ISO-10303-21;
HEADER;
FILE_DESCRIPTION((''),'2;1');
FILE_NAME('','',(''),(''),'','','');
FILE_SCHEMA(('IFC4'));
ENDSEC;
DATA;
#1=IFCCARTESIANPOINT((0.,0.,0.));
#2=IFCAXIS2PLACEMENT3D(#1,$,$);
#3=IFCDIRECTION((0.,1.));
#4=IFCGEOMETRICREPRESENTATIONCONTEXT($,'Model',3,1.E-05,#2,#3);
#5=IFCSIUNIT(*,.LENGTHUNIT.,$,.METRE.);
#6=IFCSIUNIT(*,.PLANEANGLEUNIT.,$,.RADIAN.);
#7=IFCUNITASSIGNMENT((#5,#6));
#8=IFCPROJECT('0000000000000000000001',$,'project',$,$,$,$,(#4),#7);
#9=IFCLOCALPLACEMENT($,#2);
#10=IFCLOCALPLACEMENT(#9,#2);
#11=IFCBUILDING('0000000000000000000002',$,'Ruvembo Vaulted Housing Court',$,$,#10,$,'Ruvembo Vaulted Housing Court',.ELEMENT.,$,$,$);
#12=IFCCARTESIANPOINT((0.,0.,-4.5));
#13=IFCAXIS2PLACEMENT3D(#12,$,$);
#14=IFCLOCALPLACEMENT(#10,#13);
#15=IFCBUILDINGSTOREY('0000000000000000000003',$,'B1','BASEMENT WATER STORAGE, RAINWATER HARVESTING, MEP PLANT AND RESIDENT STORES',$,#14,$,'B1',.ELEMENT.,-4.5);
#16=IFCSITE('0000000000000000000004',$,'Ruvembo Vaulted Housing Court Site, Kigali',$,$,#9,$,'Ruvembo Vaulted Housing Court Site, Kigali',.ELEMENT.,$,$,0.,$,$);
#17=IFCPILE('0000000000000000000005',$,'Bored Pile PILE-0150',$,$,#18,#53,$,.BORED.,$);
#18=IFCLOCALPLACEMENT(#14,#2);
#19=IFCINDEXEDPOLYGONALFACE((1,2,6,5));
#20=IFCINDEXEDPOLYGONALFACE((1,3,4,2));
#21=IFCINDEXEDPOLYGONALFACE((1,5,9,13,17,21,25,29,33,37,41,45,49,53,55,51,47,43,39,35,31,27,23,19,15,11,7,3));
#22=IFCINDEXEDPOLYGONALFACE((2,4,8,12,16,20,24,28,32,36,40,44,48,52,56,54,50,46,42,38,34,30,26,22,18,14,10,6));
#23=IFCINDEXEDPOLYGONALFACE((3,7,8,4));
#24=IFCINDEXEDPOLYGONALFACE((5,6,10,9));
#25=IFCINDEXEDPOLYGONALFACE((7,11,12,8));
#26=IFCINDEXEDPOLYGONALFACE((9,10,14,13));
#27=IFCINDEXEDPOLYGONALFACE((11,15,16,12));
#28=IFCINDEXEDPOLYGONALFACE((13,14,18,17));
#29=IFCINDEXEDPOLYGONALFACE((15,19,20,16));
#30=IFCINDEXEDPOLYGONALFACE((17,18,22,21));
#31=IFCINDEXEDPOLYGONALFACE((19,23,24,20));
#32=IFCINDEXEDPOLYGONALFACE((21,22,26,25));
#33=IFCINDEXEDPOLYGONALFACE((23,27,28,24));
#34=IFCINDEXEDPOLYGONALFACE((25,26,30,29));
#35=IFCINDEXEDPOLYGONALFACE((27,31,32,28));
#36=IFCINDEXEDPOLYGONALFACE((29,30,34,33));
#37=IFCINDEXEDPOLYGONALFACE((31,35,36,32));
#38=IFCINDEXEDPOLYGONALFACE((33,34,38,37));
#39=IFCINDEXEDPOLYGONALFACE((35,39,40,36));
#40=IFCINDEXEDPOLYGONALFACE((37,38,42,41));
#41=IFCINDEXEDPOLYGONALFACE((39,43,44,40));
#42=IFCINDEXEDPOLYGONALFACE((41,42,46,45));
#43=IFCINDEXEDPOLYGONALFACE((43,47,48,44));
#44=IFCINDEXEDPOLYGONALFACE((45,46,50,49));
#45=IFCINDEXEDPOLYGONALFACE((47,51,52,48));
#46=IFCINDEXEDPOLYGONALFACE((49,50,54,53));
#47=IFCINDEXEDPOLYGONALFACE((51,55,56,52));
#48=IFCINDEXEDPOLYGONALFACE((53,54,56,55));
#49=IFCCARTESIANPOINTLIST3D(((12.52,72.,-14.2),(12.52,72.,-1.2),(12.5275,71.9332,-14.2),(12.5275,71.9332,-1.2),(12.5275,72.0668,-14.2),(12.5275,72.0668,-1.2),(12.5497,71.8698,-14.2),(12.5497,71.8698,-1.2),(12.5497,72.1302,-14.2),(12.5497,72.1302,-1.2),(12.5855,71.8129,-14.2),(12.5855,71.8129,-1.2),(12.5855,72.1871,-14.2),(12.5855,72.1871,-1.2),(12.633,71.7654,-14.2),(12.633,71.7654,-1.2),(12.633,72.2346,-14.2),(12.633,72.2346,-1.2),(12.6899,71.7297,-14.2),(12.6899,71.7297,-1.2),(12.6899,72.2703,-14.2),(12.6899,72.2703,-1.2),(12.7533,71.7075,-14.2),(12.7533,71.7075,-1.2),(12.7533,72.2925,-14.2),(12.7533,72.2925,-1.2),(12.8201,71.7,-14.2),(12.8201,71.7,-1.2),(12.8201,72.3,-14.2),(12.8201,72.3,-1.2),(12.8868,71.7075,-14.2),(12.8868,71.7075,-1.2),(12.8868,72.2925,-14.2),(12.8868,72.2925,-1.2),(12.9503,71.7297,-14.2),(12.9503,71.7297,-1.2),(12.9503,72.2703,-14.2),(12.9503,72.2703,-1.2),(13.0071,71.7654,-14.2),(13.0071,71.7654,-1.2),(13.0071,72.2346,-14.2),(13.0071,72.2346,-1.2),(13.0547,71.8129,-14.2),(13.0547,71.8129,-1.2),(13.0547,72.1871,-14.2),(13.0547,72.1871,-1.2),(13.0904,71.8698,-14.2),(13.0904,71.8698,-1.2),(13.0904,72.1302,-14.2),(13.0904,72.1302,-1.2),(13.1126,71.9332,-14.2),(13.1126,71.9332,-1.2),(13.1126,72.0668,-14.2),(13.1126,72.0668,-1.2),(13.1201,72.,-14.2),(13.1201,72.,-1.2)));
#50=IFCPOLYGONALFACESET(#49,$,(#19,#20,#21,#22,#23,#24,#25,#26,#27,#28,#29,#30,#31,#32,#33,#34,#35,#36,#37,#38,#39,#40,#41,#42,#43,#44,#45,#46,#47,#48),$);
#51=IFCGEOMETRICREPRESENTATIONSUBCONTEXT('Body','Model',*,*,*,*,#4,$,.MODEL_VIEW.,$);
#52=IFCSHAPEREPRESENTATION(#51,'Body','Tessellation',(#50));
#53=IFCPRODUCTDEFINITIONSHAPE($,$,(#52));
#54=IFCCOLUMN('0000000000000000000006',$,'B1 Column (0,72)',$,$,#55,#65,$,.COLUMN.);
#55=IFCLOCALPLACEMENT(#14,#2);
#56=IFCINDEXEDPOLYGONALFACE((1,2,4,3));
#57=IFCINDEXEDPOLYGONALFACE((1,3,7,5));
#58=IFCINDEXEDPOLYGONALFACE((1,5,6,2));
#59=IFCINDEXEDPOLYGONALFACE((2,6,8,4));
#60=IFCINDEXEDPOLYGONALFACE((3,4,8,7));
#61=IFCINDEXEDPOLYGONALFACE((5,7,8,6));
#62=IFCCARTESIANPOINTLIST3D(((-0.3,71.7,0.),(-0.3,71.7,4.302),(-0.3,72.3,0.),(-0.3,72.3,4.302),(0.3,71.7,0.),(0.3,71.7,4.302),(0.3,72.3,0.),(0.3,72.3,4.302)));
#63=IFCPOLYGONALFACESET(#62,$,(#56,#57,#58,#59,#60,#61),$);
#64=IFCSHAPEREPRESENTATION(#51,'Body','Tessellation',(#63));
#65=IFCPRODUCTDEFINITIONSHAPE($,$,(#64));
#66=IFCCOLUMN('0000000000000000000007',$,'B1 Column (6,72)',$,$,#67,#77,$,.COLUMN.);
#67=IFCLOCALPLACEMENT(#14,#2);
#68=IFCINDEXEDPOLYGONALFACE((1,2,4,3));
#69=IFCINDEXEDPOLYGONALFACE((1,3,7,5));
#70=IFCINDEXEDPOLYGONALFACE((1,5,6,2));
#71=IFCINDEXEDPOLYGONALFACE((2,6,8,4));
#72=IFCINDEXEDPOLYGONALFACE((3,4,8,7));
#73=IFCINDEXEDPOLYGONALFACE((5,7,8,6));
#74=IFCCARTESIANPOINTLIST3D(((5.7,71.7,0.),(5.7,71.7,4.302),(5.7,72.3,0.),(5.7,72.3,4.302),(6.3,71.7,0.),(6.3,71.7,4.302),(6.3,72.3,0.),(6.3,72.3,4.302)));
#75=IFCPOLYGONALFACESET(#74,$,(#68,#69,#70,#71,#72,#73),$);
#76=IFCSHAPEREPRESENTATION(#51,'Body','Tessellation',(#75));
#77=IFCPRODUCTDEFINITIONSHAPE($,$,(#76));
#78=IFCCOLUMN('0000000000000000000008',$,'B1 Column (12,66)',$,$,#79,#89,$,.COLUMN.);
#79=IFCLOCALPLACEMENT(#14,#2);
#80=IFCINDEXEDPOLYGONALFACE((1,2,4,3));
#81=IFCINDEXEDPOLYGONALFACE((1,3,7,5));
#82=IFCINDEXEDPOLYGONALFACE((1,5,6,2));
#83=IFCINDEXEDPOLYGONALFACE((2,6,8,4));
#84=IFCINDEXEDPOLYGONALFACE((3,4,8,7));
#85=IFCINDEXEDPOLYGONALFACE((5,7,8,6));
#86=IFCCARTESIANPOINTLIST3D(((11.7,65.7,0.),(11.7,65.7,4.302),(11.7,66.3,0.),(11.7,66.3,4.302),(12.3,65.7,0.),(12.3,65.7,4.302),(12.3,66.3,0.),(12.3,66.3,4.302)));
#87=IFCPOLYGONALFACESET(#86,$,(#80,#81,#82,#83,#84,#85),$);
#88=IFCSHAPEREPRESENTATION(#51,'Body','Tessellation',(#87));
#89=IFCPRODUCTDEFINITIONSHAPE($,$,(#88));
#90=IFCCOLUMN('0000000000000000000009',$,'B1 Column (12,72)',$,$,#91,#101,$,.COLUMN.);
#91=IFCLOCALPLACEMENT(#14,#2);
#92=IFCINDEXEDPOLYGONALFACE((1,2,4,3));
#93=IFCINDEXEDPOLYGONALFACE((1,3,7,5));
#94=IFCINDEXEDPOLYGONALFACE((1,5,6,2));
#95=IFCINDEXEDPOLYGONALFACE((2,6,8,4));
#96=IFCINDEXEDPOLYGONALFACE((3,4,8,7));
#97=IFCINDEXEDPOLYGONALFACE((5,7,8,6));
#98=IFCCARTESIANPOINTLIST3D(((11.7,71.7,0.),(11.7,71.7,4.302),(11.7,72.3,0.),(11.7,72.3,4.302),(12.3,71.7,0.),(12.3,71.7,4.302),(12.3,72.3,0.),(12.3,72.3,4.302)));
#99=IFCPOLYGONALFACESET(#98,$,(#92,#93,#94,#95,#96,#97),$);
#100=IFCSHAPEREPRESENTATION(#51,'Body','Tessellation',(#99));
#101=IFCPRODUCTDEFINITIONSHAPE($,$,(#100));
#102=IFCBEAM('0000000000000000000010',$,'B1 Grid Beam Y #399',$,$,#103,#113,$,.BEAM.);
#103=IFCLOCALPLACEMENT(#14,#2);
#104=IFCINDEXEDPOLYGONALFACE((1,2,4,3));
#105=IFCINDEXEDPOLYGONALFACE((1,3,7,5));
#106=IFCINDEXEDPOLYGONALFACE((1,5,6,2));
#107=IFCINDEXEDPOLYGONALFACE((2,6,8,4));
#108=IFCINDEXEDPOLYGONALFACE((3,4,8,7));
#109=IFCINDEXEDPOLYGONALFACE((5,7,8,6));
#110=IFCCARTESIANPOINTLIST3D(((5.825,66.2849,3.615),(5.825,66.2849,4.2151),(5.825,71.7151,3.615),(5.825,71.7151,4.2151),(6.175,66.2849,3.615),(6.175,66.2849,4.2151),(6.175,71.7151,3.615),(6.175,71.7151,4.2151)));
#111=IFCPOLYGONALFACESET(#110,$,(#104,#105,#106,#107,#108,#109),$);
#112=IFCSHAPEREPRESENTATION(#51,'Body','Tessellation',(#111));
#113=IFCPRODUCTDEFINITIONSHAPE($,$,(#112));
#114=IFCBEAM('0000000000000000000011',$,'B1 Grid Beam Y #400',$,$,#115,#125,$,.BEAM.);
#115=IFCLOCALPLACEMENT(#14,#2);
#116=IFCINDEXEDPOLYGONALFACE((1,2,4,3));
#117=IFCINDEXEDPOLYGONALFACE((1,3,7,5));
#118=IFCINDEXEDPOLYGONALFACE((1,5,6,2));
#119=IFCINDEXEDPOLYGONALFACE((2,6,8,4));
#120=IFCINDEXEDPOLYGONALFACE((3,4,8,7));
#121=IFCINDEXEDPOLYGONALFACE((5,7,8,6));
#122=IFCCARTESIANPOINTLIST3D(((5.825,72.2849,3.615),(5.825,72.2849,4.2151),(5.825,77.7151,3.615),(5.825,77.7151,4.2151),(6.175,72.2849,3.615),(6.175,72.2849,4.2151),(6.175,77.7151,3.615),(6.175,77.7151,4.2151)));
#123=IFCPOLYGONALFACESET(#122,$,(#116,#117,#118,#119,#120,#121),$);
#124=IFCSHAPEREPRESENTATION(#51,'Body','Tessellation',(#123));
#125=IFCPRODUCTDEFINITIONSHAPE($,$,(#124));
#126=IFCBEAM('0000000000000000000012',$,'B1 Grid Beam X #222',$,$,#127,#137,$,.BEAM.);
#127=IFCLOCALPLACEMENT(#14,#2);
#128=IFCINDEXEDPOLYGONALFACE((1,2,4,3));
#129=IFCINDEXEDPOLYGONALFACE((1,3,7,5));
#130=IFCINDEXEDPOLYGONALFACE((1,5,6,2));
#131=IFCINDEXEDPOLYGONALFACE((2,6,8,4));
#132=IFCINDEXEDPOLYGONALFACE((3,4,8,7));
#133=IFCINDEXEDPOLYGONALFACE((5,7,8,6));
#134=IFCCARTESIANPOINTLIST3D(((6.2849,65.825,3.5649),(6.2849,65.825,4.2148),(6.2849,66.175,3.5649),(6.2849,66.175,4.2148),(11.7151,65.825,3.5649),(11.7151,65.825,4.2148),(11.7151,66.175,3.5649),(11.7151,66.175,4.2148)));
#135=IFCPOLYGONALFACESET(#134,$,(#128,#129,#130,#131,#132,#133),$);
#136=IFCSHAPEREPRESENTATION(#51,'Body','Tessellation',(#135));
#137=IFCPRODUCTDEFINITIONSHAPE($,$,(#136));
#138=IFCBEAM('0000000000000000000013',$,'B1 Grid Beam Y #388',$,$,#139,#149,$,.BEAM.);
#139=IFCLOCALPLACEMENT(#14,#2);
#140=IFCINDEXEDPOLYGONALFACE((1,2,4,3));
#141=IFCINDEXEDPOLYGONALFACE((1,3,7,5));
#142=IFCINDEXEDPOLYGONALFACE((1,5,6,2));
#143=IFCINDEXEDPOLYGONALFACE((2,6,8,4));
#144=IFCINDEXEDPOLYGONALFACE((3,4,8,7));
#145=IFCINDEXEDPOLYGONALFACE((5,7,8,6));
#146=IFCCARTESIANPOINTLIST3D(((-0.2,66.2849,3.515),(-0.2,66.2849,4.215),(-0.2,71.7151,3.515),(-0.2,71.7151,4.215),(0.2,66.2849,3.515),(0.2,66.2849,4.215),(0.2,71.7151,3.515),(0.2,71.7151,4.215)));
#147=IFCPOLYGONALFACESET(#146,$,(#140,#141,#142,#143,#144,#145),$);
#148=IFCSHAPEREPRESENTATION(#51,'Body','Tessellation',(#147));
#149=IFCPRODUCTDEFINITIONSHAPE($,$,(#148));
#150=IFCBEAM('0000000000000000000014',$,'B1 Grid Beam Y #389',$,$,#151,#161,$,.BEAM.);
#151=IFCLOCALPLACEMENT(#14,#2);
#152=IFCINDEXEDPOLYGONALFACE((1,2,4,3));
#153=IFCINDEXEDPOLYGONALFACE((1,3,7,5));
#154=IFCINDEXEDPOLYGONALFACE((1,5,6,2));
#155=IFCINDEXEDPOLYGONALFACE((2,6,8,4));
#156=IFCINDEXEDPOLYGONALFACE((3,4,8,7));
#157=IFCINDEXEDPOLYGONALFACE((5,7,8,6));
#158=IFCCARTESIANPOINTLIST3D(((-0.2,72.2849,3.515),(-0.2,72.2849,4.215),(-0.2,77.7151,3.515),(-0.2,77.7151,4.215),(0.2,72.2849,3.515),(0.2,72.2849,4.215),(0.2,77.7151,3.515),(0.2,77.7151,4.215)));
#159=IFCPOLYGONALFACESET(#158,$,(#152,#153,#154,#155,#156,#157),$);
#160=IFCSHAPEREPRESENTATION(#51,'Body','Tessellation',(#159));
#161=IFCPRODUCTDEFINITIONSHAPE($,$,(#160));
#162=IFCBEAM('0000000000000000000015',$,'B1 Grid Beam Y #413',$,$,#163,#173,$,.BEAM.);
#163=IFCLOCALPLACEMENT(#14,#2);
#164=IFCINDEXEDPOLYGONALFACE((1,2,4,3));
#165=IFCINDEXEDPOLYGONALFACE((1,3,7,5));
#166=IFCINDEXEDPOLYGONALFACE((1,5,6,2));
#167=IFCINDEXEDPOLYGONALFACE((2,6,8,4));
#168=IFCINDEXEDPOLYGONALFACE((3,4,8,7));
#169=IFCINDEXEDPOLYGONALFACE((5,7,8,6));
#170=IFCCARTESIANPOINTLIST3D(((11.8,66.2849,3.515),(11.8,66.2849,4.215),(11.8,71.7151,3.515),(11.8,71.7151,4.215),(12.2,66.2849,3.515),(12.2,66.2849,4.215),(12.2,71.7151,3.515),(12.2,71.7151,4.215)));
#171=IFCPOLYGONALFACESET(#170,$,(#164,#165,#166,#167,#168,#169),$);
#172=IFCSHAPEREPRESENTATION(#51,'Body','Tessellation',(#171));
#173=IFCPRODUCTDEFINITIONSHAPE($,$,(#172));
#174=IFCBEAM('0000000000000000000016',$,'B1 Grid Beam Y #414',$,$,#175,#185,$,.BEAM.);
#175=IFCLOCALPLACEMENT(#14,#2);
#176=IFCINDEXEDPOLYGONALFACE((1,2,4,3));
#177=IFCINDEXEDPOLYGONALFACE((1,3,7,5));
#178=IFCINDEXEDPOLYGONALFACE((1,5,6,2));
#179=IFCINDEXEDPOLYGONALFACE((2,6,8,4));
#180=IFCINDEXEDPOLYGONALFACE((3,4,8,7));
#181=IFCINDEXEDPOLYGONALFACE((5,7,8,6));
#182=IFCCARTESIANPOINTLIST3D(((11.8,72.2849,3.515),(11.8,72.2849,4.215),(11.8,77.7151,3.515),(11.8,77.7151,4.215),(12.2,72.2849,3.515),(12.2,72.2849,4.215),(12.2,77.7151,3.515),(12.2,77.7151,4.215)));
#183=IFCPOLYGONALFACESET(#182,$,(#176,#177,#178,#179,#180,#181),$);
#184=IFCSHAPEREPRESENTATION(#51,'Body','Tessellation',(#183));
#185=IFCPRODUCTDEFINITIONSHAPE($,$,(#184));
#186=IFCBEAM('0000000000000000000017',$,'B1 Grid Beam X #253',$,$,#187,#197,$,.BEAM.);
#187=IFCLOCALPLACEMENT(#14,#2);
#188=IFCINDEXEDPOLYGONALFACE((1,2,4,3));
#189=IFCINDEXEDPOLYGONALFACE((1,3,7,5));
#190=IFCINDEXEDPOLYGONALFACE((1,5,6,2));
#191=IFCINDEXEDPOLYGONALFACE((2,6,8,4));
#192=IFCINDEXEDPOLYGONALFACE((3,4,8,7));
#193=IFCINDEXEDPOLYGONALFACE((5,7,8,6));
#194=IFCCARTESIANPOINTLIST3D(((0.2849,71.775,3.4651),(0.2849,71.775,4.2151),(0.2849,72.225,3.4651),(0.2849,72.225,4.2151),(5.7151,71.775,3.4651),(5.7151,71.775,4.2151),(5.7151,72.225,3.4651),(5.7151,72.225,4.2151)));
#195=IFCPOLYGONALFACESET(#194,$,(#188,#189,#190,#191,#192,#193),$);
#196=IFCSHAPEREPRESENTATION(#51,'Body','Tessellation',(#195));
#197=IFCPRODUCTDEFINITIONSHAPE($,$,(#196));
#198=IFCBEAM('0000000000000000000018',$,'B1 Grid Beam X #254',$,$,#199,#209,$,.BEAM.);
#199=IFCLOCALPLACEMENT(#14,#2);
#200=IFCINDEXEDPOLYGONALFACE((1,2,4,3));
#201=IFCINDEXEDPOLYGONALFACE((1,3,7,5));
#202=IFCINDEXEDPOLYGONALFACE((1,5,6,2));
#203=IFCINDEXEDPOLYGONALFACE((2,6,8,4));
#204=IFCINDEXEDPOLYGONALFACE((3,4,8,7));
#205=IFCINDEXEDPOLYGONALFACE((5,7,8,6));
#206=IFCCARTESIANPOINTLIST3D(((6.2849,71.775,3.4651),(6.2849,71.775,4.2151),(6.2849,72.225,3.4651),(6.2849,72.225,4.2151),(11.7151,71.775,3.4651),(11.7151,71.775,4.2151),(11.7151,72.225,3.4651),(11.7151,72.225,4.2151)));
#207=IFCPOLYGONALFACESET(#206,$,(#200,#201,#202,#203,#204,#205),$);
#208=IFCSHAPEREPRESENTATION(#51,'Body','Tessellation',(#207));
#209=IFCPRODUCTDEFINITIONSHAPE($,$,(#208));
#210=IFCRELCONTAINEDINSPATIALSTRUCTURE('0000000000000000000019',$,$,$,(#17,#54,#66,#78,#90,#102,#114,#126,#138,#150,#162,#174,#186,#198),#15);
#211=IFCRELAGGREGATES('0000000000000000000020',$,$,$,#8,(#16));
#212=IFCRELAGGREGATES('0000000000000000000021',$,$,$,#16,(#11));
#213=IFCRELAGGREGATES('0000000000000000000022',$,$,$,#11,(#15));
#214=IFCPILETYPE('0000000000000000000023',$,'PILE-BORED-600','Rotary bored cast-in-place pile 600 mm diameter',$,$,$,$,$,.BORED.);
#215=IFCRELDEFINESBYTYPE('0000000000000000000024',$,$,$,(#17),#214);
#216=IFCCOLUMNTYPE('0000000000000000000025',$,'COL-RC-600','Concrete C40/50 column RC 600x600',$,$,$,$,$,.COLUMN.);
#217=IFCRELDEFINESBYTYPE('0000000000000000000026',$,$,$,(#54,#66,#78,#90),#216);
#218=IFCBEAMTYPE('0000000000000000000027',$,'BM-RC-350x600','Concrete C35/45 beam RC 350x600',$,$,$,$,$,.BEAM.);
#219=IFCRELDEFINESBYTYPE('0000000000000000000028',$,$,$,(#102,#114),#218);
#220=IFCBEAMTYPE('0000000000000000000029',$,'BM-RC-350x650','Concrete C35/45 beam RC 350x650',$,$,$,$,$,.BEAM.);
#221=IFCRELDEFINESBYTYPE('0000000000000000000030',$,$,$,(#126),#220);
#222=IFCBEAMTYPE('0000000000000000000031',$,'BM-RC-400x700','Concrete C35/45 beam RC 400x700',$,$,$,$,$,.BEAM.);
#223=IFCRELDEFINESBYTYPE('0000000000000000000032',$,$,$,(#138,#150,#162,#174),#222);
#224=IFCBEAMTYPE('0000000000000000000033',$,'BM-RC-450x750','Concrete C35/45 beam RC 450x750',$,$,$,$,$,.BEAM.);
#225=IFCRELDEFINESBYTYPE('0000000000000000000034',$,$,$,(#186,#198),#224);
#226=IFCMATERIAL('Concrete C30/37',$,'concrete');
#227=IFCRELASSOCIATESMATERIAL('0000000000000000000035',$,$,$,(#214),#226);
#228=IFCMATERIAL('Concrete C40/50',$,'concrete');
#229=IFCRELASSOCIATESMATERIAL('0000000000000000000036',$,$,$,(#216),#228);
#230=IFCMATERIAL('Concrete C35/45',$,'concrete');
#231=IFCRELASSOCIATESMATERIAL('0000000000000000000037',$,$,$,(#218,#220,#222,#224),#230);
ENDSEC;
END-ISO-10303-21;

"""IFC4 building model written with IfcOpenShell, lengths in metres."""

from ifc_helpers import new_model, si_unit, direction, frame, origin, origin_2d, place, context, subcontext, project, spatial, rectangle, circle, extrude, material, material_profile, profile_set, type_object, element, save


model = new_model("IFC4")

# Units and contexts
model_context = context("Model", 3, precision=1e-05, world=origin(), true_north=direction((0.0, 1.0)))
body_context = subcontext(model_context, "Body", "Model", "MODEL_VIEW")
ifc_project = project(units=[si_unit("LENGTHUNIT", "METRE"), si_unit("PLANEANGLEUNIT", "RADIAN")], contexts=[model_context])

# Site, building, storey
site_placement = place(None, origin())
site = spatial("IfcSite", under=ifc_project, at=site_placement, Name="Ruvembo Vaulted Housing Court Site, Kigali", LongName="Ruvembo Vaulted Housing Court Site, Kigali", CompositionType="ELEMENT", RefElevation=0.0)
building_placement = place(site_placement, origin())
building = spatial("IfcBuilding", under=site, at=building_placement, Name="Ruvembo Vaulted Housing Court", LongName="Ruvembo Vaulted Housing Court", CompositionType="ELEMENT")
storey_placement = place(building_placement, frame((0.0, 0.0, -4.5)))
storey = spatial("IfcBuildingStorey", under=building, at=storey_placement, Name="B1", Description="BASEMENT WATER STORAGE, RAINWATER HARVESTING, MEP PLANT AND RESIDENT STORES", LongName="B1", CompositionType="ELEMENT", Elevation=-4.5)

# Shared definitions
ifc_material_1 = material(Name="Concrete C35/45", Category="concrete")

# Pile
ifc_material_2 = material(Name="Concrete C30/37", Category="concrete")
ifc_material_profile_1 = material_profile(ifc_material_2, circle(Radius=0.3, at=origin_2d()), Name="PILE D600")
ifc_profile_set_1 = profile_set([ifc_material_profile_1], Name="Concrete C30/37")
pile_type = type_object("IfcPileType", Name="PILE-BORED-600", Description="Rotary bored cast-in-place pile 600 mm diameter", PredefinedType="BORED", material=ifc_profile_set_1)
for number, where, z_axis, x_axis, name in (
    (1, (12.8201, 72.0, -1.2), (0.0, 0.0, -1.0), (1.0, 0.0, 0.0), "Bored Pile PILE-0150"),
):
    element("IfcPile", number, at=place(storey_placement, frame(where, z_axis=z_axis, x_axis=x_axis)), inside=storey, type_object=pile_type, Name=name, PredefinedType="BORED", context=body_context, shape_type="SweptSolid", body=[
        extrude(circle(Radius=0.3, at=origin_2d()), origin(), (0.0, 0.0, 1.0), 13.0),
    ])

# Columns
ifc_material_3 = material(Name="Concrete C40/50", Category="concrete")
ifc_material_profile_2 = material_profile(ifc_material_3, rectangle(XDim=0.6001, YDim=0.6001, at=origin_2d()), Name="RC 600x600")
ifc_profile_set_2 = profile_set([ifc_material_profile_2], Name="Concrete C40/50")
column_type = type_object("IfcColumnType", Name="COL-RC-600", Description="Concrete C40/50 column RC 600x600", PredefinedType="COLUMN", material=ifc_profile_set_2)
for number, where, z_axis, x_axis, name in (
    (2, (0.0, 72.0, 0.0), (0.0, 0.0, 1.0), (1.0, 0.0, 0.0), "B1 Column (0,72)"),
    (3, (6.0, 72.0, 0.0), (0.0, 0.0, 1.0), (1.0, 0.0, 0.0), "B1 Column (6,72)"),
    (4, (12.0, 66.0, 0.0), (0.0, 0.0, 1.0), (1.0, 0.0, 0.0), "B1 Column (12,66)"),
    (5, (12.0, 72.0, 0.0), (0.0, 0.0, 1.0), (1.0, 0.0, 0.0), "B1 Column (12,72)"),
):
    element("IfcColumn", number, at=place(storey_placement, frame(where, z_axis=z_axis, x_axis=x_axis)), inside=storey, type_object=column_type, Name=name, PredefinedType="COLUMN", context=body_context, shape_type="SweptSolid", body=[
        extrude(rectangle(XDim=0.6001, YDim=0.6001, at=origin_2d()), origin(), (0.0, 0.0, 1.0), 4.302),
    ])

# Beams
ifc_material_profile_3 = material_profile(ifc_material_1, rectangle(XDim=0.3501, YDim=0.6001, at=origin_2d()), Name="RC 350x600")
ifc_profile_set_3 = profile_set([ifc_material_profile_3], Name="Concrete C35/45")
beam_type_1 = type_object("IfcBeamType", Name="BM-RC-350x600", Description="Concrete C35/45 beam RC 350x600", PredefinedType="BEAM", material=ifc_profile_set_3)
for number, where, z_axis, x_axis, name in (
    (6, (6.0, 66.2849, 3.915), (0.0, 1.0, 0.0), (-1.0, 0.0, 0.0), "B1 Grid Beam Y #399"),
    (7, (6.0, 72.2849, 3.915), (0.0, 1.0, 0.0), (-1.0, 0.0, 0.0), "B1 Grid Beam Y #400"),
):
    element("IfcBeam", number, at=place(storey_placement, frame(where, z_axis=z_axis, x_axis=x_axis)), inside=storey, type_object=beam_type_1, Name=name, PredefinedType="BEAM", context=body_context, shape_type="SweptSolid", body=[
        extrude(rectangle(XDim=0.3501, YDim=0.6001, at=origin_2d()), origin(), (0.0, 0.0, 1.0), 5.4302),
    ])
ifc_material_profile_4 = material_profile(ifc_material_1, rectangle(XDim=0.3501, YDim=0.6499, at=origin_2d()), Name="RC 350x650")
ifc_profile_set_4 = profile_set([ifc_material_profile_4], Name="Concrete C35/45")
beam_type_2 = type_object("IfcBeamType", Name="BM-RC-350x650", Description="Concrete C35/45 beam RC 350x650", PredefinedType="BEAM", material=ifc_profile_set_4)
beam_placement = place(storey_placement, frame((6.2849, 66.0, 3.8899), z_axis=(1.0, 0.0, 0.0), x_axis=(0.0, 1.0, 0.0)))
element("IfcBeam", 8, at=beam_placement, inside=storey, type_object=beam_type_2, Name="B1 Grid Beam X #222", PredefinedType="BEAM", context=body_context, shape_type="SweptSolid", body=[
    extrude(rectangle(XDim=0.3501, YDim=0.6499, at=origin_2d()), origin(), (0.0, 0.0, 1.0), 5.4302),
])
ifc_material_profile_5 = material_profile(ifc_material_1, rectangle(XDim=0.3999, YDim=0.7, at=origin_2d()), Name="RC 400x700")
ifc_profile_set_5 = profile_set([ifc_material_profile_5], Name="Concrete C35/45")
beam_type_3 = type_object("IfcBeamType", Name="BM-RC-400x700", Description="Concrete C35/45 beam RC 400x700", PredefinedType="BEAM", material=ifc_profile_set_5)
for number, where, z_axis, x_axis, name in (
    (9, (0.0, 66.2849, 3.865), (0.0, 1.0, 0.0), (-1.0, 0.0, 0.0), "B1 Grid Beam Y #388"),
    (10, (0.0, 72.2849, 3.865), (0.0, 1.0, 0.0), (-1.0, 0.0, 0.0), "B1 Grid Beam Y #389"),
    (11, (12.0, 66.2849, 3.865), (0.0, 1.0, 0.0), (-1.0, 0.0, 0.0), "B1 Grid Beam Y #413"),
    (12, (12.0, 72.2849, 3.865), (0.0, 1.0, 0.0), (-1.0, 0.0, 0.0), "B1 Grid Beam Y #414"),
):
    element("IfcBeam", number, at=place(storey_placement, frame(where, z_axis=z_axis, x_axis=x_axis)), inside=storey, type_object=beam_type_3, Name=name, PredefinedType="BEAM", context=body_context, shape_type="SweptSolid", body=[
        extrude(rectangle(XDim=0.3999, YDim=0.7, at=origin_2d()), origin(), (0.0, 0.0, 1.0), 5.4302),
    ])
ifc_material_profile_6 = material_profile(ifc_material_1, rectangle(XDim=0.45, YDim=0.75, at=origin_2d()), Name="RC 450x750")
ifc_profile_set_6 = profile_set([ifc_material_profile_6], Name="Concrete C35/45")
beam_type_4 = type_object("IfcBeamType", Name="BM-RC-450x750", Description="Concrete C35/45 beam RC 450x750", PredefinedType="BEAM", material=ifc_profile_set_6)
for number, where, z_axis, x_axis, name in (
    (13, (0.2849, 72.0, 3.8401), (1.0, 0.0, 0.0), (0.0, 1.0, 0.0), "B1 Grid Beam X #253"),
    (14, (6.2849, 72.0, 3.8401), (1.0, 0.0, 0.0), (0.0, 1.0, 0.0), "B1 Grid Beam X #254"),
):
    element("IfcBeam", number, at=place(storey_placement, frame(where, z_axis=z_axis, x_axis=x_axis)), inside=storey, type_object=beam_type_4, Name=name, PredefinedType="BEAM", context=body_context, shape_type="SweptSolid", body=[
        extrude(rectangle(XDim=0.45, YDim=0.75, at=origin_2d()), origin(), (0.0, 0.0, 1.0), 5.4302),
    ])

save(model, "model.ifc")
